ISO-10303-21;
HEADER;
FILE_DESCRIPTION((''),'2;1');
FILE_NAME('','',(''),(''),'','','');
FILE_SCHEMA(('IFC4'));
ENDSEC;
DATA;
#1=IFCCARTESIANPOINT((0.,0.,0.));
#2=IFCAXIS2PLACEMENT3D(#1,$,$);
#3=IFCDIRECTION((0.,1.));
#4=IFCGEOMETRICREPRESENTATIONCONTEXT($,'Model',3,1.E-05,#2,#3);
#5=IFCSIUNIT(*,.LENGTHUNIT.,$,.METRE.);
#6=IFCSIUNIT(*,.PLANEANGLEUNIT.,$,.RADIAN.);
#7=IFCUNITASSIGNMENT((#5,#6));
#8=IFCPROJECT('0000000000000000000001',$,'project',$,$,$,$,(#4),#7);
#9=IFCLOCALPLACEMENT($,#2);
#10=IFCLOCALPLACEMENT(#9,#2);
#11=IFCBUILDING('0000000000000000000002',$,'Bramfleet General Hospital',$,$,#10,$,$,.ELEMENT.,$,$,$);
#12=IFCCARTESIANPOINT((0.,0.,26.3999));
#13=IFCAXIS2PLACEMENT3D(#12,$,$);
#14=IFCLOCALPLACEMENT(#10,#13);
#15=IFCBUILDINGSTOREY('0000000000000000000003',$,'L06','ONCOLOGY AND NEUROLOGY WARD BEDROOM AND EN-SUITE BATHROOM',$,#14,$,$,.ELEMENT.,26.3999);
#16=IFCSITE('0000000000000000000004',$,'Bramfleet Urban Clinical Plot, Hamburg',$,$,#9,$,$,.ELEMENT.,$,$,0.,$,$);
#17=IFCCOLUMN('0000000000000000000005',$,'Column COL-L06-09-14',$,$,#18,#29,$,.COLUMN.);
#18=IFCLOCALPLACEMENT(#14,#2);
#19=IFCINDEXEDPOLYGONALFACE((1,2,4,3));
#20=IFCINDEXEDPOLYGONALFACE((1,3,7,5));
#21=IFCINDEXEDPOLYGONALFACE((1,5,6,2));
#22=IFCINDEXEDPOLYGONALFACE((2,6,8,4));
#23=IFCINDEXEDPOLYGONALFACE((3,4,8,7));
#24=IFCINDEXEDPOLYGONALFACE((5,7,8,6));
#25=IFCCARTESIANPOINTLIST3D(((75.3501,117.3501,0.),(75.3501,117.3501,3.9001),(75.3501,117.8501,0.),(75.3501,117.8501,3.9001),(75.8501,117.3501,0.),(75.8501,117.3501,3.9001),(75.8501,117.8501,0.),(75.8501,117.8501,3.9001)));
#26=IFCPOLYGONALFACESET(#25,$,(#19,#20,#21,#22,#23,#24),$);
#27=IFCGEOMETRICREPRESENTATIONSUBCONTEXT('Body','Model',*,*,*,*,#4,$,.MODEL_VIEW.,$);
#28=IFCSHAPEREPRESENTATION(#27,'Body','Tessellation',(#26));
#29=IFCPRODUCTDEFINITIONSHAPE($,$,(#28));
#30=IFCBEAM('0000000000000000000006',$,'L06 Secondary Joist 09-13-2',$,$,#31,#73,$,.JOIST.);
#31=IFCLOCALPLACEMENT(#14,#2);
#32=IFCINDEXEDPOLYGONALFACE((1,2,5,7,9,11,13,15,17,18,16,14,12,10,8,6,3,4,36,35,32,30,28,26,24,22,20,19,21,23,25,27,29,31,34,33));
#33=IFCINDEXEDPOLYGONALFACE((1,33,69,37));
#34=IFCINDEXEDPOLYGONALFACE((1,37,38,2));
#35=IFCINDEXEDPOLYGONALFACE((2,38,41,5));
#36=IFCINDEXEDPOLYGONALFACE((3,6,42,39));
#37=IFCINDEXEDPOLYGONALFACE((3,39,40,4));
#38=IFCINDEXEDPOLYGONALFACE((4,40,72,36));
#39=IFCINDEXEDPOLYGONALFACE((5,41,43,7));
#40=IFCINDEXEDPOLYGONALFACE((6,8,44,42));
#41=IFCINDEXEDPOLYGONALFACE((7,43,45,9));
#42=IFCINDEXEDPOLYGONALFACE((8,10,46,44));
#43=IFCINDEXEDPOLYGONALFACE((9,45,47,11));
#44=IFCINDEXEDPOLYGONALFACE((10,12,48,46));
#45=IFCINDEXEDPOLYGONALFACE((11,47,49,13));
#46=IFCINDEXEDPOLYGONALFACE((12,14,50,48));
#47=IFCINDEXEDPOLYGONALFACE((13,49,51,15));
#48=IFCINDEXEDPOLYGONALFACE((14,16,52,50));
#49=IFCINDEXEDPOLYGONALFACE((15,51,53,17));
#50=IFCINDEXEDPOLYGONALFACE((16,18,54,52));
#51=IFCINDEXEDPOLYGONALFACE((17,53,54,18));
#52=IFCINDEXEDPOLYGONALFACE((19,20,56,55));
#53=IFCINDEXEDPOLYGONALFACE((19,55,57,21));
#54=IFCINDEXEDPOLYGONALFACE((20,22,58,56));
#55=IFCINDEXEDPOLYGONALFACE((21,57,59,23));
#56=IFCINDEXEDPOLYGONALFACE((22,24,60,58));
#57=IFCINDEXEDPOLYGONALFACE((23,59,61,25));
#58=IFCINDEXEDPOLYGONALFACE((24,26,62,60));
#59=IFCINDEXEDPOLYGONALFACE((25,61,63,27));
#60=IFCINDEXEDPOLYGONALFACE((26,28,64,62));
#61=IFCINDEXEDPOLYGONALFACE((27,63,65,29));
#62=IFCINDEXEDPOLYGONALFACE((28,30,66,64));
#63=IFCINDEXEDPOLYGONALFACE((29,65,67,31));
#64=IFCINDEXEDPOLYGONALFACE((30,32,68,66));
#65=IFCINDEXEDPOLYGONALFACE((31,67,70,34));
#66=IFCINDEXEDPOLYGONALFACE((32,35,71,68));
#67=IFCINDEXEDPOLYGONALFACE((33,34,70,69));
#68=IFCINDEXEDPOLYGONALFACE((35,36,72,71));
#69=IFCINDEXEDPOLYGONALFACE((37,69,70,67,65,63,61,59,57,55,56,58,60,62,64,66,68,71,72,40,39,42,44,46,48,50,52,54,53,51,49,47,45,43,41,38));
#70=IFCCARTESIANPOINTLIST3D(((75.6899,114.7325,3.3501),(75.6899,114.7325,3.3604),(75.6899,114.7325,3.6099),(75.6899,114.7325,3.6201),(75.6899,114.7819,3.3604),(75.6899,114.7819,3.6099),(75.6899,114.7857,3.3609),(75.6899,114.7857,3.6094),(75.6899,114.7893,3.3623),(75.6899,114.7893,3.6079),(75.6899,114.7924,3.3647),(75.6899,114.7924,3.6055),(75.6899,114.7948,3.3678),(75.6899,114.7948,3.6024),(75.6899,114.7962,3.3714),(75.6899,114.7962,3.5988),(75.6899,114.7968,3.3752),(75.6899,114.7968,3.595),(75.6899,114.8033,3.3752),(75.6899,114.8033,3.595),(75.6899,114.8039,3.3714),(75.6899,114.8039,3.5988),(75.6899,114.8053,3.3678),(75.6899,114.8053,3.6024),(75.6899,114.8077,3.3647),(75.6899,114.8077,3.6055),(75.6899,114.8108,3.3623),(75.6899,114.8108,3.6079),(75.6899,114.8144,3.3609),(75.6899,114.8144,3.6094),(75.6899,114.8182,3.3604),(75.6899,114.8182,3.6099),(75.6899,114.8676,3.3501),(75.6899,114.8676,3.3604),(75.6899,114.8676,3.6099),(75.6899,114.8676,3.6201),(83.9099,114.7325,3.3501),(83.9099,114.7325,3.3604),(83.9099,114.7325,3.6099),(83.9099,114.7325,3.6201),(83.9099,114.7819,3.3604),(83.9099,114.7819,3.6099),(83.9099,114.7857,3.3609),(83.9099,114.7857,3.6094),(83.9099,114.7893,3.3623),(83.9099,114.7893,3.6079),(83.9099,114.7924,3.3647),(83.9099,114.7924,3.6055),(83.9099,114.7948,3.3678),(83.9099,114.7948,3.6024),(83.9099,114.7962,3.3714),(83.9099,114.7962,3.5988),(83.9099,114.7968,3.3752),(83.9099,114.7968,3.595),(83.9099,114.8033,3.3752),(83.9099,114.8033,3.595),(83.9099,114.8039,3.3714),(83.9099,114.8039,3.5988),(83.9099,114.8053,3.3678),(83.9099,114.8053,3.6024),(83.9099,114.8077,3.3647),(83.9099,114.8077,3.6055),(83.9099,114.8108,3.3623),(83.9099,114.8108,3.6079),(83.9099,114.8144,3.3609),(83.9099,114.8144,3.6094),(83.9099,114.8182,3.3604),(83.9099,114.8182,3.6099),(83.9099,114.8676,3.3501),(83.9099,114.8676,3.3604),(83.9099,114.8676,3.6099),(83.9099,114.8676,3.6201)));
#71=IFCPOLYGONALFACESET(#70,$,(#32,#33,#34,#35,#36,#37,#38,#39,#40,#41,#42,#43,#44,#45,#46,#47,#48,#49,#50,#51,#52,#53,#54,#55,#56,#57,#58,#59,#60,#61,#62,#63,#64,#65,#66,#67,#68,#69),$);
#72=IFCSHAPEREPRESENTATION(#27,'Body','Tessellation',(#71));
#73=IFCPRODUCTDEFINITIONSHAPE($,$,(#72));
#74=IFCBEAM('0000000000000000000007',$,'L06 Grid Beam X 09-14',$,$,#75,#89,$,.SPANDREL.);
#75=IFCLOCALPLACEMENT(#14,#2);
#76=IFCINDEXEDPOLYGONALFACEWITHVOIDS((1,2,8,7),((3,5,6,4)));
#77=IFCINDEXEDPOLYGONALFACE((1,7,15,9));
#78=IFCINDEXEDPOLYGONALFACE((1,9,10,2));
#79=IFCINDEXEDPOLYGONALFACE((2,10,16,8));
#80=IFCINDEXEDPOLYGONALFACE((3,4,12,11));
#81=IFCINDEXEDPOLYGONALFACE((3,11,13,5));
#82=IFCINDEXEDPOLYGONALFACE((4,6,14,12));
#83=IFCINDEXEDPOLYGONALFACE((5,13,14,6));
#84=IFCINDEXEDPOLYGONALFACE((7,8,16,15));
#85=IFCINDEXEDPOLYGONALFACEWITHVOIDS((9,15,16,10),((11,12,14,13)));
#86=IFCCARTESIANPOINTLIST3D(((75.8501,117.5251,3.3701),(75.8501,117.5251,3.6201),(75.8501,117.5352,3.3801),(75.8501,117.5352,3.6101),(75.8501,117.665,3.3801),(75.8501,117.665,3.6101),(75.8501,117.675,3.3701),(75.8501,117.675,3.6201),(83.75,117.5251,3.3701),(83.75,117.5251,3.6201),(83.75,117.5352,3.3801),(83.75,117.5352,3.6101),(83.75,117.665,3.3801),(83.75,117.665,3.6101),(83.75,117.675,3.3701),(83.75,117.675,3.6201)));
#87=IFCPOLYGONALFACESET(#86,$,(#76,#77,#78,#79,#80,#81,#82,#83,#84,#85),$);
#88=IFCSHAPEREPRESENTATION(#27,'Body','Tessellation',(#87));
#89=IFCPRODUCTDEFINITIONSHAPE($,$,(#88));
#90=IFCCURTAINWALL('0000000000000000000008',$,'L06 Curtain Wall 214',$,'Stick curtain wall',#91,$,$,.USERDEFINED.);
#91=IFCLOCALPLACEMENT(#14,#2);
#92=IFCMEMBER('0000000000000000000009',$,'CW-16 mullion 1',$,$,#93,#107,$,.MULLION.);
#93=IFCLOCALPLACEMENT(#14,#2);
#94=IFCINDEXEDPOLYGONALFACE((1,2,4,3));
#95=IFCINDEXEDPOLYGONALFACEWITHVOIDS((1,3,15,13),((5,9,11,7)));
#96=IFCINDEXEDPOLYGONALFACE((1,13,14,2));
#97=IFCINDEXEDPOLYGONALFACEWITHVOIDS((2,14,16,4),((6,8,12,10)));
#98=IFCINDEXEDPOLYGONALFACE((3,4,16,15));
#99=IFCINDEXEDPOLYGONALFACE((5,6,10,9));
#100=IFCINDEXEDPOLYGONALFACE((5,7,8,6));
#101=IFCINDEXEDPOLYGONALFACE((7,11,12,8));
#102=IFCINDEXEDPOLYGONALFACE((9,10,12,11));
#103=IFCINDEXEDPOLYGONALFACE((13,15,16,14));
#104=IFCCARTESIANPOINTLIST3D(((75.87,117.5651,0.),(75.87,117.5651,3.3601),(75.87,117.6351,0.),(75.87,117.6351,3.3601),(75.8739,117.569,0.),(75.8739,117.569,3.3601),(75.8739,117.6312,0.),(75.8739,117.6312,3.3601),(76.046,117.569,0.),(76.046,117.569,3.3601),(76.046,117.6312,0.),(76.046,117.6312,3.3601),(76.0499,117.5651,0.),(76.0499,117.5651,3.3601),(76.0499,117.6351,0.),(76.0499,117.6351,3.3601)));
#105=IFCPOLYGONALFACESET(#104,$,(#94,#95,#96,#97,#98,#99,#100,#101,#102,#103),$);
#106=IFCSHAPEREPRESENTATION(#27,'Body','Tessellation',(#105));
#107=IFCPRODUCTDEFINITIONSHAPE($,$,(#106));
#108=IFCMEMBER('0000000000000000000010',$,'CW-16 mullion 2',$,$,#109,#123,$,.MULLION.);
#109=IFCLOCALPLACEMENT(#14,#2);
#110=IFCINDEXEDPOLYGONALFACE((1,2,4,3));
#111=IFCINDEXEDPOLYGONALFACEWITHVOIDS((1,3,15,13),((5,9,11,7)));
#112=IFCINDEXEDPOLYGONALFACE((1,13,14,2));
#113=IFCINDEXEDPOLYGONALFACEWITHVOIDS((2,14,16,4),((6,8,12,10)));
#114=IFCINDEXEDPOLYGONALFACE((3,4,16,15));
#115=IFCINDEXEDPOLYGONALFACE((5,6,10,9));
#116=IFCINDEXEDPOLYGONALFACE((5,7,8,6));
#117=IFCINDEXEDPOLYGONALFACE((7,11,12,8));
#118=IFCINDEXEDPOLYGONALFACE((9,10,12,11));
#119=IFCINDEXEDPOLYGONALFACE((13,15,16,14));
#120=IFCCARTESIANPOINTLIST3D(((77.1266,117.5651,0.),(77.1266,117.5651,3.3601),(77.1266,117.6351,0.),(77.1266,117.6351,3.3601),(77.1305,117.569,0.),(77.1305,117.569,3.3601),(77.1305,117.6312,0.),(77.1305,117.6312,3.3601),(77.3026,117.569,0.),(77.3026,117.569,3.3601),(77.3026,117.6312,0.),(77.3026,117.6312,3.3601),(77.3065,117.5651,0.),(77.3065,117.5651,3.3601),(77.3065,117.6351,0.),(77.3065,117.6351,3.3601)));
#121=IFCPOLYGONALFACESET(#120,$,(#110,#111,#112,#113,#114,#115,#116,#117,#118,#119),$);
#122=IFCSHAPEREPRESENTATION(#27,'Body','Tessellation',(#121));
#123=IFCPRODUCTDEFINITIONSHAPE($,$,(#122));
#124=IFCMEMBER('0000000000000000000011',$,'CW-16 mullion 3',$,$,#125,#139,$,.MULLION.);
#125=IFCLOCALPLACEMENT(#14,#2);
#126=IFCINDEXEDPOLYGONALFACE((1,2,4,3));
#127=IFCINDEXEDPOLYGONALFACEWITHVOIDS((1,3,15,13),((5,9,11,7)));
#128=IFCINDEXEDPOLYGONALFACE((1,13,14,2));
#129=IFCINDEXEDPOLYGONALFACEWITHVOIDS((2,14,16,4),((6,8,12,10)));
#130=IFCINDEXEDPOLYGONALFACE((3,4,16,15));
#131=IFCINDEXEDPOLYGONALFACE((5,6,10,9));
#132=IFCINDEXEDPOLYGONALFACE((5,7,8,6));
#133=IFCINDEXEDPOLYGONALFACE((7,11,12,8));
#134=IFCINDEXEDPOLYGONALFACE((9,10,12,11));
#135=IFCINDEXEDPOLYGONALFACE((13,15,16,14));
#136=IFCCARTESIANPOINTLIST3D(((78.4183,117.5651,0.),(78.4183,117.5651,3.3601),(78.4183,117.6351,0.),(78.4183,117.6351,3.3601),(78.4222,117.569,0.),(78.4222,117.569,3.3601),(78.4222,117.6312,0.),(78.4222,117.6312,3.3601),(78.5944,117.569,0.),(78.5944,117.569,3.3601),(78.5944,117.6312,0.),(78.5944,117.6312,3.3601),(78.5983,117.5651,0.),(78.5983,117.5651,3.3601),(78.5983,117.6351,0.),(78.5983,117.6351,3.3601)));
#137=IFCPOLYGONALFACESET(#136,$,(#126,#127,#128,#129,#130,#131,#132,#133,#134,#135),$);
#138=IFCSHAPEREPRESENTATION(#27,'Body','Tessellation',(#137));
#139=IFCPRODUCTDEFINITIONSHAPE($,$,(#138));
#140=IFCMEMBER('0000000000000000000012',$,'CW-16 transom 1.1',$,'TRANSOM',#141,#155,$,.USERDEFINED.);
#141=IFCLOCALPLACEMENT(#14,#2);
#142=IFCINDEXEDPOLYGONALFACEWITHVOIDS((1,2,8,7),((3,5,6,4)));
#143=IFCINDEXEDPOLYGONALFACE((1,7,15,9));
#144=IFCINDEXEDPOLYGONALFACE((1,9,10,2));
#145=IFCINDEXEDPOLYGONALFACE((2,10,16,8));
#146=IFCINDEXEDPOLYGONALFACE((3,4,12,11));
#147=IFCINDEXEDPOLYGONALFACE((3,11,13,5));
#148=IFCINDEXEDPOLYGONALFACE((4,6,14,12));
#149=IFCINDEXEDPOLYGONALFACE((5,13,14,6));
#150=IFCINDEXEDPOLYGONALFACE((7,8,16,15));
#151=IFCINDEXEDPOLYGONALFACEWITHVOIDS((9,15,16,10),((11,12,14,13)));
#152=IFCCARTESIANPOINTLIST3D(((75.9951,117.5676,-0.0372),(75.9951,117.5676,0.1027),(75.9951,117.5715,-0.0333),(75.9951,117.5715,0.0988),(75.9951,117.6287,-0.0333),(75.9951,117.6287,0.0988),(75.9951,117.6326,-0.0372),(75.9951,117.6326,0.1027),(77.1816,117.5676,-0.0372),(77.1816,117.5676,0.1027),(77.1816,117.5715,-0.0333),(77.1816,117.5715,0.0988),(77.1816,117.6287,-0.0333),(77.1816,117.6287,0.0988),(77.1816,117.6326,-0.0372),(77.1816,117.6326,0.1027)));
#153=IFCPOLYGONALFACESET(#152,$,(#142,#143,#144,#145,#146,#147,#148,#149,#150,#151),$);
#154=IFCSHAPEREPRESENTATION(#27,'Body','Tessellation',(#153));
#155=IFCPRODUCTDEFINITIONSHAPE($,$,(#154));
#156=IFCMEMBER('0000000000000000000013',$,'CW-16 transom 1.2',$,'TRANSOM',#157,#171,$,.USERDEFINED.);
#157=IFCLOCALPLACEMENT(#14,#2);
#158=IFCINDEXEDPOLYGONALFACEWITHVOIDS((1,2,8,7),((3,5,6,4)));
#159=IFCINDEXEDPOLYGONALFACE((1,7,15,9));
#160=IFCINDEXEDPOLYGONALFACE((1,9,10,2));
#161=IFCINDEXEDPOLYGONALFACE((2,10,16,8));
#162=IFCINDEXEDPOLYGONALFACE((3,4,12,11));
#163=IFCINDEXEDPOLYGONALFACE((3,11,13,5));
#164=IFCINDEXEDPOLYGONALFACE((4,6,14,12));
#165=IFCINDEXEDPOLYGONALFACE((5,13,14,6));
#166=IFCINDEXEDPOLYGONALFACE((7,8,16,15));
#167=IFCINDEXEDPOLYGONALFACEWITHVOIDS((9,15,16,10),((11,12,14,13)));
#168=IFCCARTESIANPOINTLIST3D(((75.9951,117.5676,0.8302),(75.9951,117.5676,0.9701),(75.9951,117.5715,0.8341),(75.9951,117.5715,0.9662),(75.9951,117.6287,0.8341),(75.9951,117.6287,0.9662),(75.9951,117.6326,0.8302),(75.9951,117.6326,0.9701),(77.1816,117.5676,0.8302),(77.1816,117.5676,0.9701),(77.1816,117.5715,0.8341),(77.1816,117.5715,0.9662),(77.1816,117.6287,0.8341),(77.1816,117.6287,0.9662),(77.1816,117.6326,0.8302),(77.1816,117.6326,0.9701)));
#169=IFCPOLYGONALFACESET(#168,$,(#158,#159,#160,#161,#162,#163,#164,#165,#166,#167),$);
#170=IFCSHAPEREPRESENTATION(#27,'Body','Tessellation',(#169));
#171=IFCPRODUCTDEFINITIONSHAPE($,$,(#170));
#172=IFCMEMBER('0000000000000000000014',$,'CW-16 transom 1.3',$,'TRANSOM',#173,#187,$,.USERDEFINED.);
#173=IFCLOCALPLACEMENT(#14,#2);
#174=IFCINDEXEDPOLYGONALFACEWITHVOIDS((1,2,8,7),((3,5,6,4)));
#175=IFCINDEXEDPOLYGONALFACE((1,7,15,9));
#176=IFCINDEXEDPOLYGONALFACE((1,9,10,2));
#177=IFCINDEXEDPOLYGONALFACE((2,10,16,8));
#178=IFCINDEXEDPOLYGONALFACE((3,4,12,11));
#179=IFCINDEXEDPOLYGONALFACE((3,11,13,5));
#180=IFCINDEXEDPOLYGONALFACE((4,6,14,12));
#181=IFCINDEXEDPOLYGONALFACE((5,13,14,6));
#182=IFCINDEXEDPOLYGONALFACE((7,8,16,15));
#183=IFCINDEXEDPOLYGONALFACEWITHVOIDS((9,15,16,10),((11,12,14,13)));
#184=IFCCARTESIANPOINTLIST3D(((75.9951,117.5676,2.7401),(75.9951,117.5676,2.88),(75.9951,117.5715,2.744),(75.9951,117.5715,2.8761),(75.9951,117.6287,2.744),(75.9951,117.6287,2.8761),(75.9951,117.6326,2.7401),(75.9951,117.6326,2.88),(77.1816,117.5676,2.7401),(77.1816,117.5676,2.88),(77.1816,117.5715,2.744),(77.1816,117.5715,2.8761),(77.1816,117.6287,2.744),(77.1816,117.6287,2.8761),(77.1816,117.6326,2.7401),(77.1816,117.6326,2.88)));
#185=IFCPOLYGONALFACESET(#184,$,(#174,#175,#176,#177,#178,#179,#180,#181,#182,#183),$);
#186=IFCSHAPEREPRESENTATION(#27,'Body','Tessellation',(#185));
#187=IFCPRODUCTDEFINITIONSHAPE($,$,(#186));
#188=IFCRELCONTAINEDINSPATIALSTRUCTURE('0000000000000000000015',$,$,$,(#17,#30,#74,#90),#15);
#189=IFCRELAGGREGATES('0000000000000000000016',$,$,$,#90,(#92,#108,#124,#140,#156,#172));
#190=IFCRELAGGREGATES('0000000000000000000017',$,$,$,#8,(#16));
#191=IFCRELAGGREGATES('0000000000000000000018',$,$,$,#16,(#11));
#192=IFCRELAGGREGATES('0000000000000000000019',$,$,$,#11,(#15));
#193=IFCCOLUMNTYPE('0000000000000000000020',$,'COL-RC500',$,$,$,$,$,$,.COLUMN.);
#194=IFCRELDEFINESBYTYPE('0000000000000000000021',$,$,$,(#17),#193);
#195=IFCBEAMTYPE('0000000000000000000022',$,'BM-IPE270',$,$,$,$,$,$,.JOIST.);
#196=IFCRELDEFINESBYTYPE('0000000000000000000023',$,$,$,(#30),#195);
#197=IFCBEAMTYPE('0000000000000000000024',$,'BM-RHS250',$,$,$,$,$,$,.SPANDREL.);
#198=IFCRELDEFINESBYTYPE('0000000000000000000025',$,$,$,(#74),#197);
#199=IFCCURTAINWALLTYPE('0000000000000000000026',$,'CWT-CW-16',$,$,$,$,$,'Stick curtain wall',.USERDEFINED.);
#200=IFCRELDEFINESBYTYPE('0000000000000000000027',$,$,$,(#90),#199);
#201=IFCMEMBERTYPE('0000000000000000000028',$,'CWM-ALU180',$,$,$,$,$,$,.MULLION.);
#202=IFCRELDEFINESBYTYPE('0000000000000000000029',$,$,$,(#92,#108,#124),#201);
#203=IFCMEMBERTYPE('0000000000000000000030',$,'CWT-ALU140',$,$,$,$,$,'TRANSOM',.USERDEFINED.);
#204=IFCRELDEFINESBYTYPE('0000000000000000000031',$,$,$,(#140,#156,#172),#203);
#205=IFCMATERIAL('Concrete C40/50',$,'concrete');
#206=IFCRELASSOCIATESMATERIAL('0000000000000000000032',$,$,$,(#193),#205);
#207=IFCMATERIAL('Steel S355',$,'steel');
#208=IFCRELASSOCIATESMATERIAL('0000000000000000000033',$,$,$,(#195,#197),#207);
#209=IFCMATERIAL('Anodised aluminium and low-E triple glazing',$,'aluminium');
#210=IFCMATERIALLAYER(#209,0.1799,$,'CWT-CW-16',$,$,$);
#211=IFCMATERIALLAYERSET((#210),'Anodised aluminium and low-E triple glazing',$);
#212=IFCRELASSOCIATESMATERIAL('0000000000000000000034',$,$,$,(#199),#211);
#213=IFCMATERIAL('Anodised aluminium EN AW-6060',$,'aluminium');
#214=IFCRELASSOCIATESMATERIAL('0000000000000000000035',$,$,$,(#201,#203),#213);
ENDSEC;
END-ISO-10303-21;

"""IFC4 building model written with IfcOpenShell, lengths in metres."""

from ifc_helpers import new_model, si_unit, direction, frame, origin, origin_2d, place, context, subcontext, project, spatial, rectangle, hollow_rectangle, i_section, extrude, material, layer, layer_set, material_profile, profile_set, type_object, element, aggregate, save


model = new_model("IFC4")

# Units and contexts
model_context = context("Model", 3, precision=1e-05, world=origin(), true_north=direction((0.0, 1.0)))
body_context = subcontext(model_context, "Body", "Model", "MODEL_VIEW")
ifc_project = project(units=[si_unit("LENGTHUNIT", "METRE"), si_unit("PLANEANGLEUNIT", "RADIAN")], contexts=[model_context])

# Site, building, storey
site_placement = place(None, origin())
site = spatial("IfcSite", under=ifc_project, at=site_placement, Name="Bramfleet Urban Clinical Plot, Hamburg", CompositionType="ELEMENT", RefElevation=0.0)
building_placement = place(site_placement, origin())
building = spatial("IfcBuilding", under=site, at=building_placement, Name="Bramfleet General Hospital", CompositionType="ELEMENT")
storey_placement = place(building_placement, frame((0.0, 0.0, 26.3999)))
storey = spatial("IfcBuildingStorey", under=building, at=storey_placement, Name="L06", Description="ONCOLOGY AND NEUROLOGY WARD BEDROOM AND EN-SUITE BATHROOM", CompositionType="ELEMENT", Elevation=26.3999)

# Column
ifc_material_1 = material(Name="Concrete C40/50", Category="concrete")
ifc_material_profile_1 = material_profile(ifc_material_1, rectangle(XDim=0.5, YDim=0.5, at=origin_2d()), Name="RC COL 500x500")
ifc_profile_set_1 = profile_set([ifc_material_profile_1], Name="Concrete C40/50")
column_type = type_object("IfcColumnType", Name="COL-RC500", PredefinedType="COLUMN", material=ifc_profile_set_1)
column_placement = place(storey_placement, frame((75.6001, 117.6001, 0.0), z_axis=(0.0, 0.0, 1.0), x_axis=(1.0, 0.0, 0.0)))
element("IfcColumn", 1, at=column_placement, inside=storey, type_object=column_type, Name="Column COL-L06-09-14", PredefinedType="COLUMN", context=body_context, shape_type="SweptSolid", body=[
    extrude(rectangle(XDim=0.5, YDim=0.5, at=origin_2d()), origin(), (0.0, 0.0, 1.0), 3.9001),
])

# Beams
ifc_material_2 = material(Name="Steel S355", Category="steel")
ifc_material_profile_2 = material_profile(ifc_material_2, i_section(OverallWidth=0.135, OverallDepth=0.27, WebThickness=0.0066, FlangeThickness=0.0103, FilletRadius=0.0149, at=origin_2d()), Name="IPE 270")
ifc_profile_set_2 = profile_set([ifc_material_profile_2], Name="Steel S355")
beam_type_1 = type_object("IfcBeamType", Name="BM-IPE270", PredefinedType="JOIST", material=ifc_profile_set_2)
beam_1_placement = place(storey_placement, frame((75.6899, 114.8, 3.4851), z_axis=(1.0, 0.0, 0.0), x_axis=(0.0, 1.0, 0.0)))
element("IfcBeam", 2, at=beam_1_placement, inside=storey, type_object=beam_type_1, Name="L06 Secondary Joist 09-13-2", PredefinedType="JOIST", context=body_context, shape_type="SweptSolid", body=[
    extrude(i_section(OverallWidth=0.135, OverallDepth=0.27, WebThickness=0.0066, FlangeThickness=0.0103, FilletRadius=0.0149, at=origin_2d()), origin(), (0.0, 0.0, 1.0), 8.22),
])
ifc_material_profile_3 = material_profile(ifc_material_2, hollow_rectangle(XDim=0.1499, YDim=0.25, WallThickness=0.01, at=origin_2d()), Name="RHS 250x150x10.0")
ifc_profile_set_3 = profile_set([ifc_material_profile_3], Name="Steel S355")
beam_type_2 = type_object("IfcBeamType", Name="BM-RHS250", PredefinedType="SPANDREL", material=ifc_profile_set_3)
beam_2_placement = place(storey_placement, frame((75.8501, 117.6001, 3.4951), z_axis=(1.0, 0.0, 0.0), x_axis=(0.0, 1.0, 0.0)))
element("IfcBeam", 3, at=beam_2_placement, inside=storey, type_object=beam_type_2, Name="L06 Grid Beam X 09-14", PredefinedType="SPANDREL", context=body_context, shape_type="SweptSolid", body=[
    extrude(hollow_rectangle(XDim=0.1499, YDim=0.25, WallThickness=0.01, at=origin_2d()), origin(), (0.0, 0.0, 1.0), 7.8999),
])

# Curtain wall, members
ifc_material_3 = material(Name="Anodised aluminium and low-E triple glazing", Category="aluminium")
ifc_layer_1 = layer(ifc_material_3, 0.1799, Name="CWT-CW-16")
ifc_layer_set_1 = layer_set([ifc_layer_1], Name="Anodised aluminium and low-E triple glazing")
curtain_wall_type = type_object("IfcCurtainWallType", Name="CWT-CW-16", ElementType="Stick curtain wall", PredefinedType="USERDEFINED", material=ifc_layer_set_1)
curtain_wall_placement = place(storey_placement, origin())
curtain_wall = element("IfcCurtainWall", 4, at=curtain_wall_placement, inside=storey, type_object=curtain_wall_type, Name="L06 Curtain Wall 214", ObjectType="Stick curtain wall", PredefinedType="USERDEFINED")
ifc_material_4 = material(Name="Anodised aluminium EN AW-6060", Category="aluminium")
ifc_material_profile_4 = material_profile(ifc_material_4, hollow_rectangle(XDim=0.0701, YDim=0.1799, WallThickness=0.0039, at=origin_2d()), Name="ALU 180x70x4.0")
ifc_profile_set_4 = profile_set([ifc_material_profile_4], Name="Anodised aluminium EN AW-6060")
member_type_1 = type_object("IfcMemberType", Name="CWM-ALU180", PredefinedType="MULLION", material=ifc_profile_set_4)
member_1_placement = place(storey_placement, frame((75.96, 117.6001, 0.0), z_axis=(0.0, 0.0, 1.0), x_axis=(0.0, 1.0, 0.0)))
member_1 = element("IfcMember", 5, at=member_1_placement, type_object=member_type_1, Name="CW-16 mullion 1", PredefinedType="MULLION", context=body_context, shape_type="SweptSolid", body=[
    extrude(hollow_rectangle(XDim=0.0701, YDim=0.1799, WallThickness=0.0039, at=origin_2d()), origin(), (0.0, 0.0, 1.0), 3.3601),
])
member_2_placement = place(storey_placement, frame((77.2166, 117.6001, 0.0), z_axis=(0.0, 0.0, 1.0), x_axis=(0.0, 1.0, 0.0)))
member_2 = element("IfcMember", 6, at=member_2_placement, type_object=member_type_1, Name="CW-16 mullion 2", PredefinedType="MULLION", context=body_context, shape_type="SweptSolid", body=[
    extrude(hollow_rectangle(XDim=0.0701, YDim=0.1799, WallThickness=0.0039, at=origin_2d()), origin(), (0.0, 0.0, 1.0), 3.3601),
])
member_3_placement = place(storey_placement, frame((78.5083, 117.6001, 0.0), z_axis=(0.0, 0.0, 1.0), x_axis=(0.0, 1.0, 0.0)))
member_3 = element("IfcMember", 7, at=member_3_placement, type_object=member_type_1, Name="CW-16 mullion 3", PredefinedType="MULLION", context=body_context, shape_type="SweptSolid", body=[
    extrude(hollow_rectangle(XDim=0.0701, YDim=0.1799, WallThickness=0.0039, at=origin_2d()), origin(), (0.0, 0.0, 1.0), 3.3601),
])
ifc_material_profile_5 = material_profile(ifc_material_4, hollow_rectangle(XDim=0.0649, YDim=0.1399, WallThickness=0.0039, at=origin_2d()), Name="ALU 140x65x4.0")
ifc_profile_set_5 = profile_set([ifc_material_profile_5], Name="Anodised aluminium EN AW-6060")
member_type_2 = type_object("IfcMemberType", Name="CWT-ALU140", ElementType="TRANSOM", PredefinedType="USERDEFINED", material=ifc_profile_set_5)
member_4_placement = place(storey_placement, frame((75.9951, 117.6001, 0.0327), z_axis=(1.0, 0.0, 0.0), x_axis=(0.0, 1.0, 0.0)))
member_4 = element("IfcMember", 8, at=member_4_placement, type_object=member_type_2, Name="CW-16 transom 1.1", ObjectType="TRANSOM", PredefinedType="USERDEFINED", context=body_context, shape_type="SweptSolid", body=[
    extrude(hollow_rectangle(XDim=0.0649, YDim=0.1399, WallThickness=0.0039, at=origin_2d()), origin(), (0.0, 0.0, 1.0), 1.1865),
])
member_5_placement = place(storey_placement, frame((75.9951, 117.6001, 0.9001), z_axis=(1.0, 0.0, 0.0), x_axis=(0.0, 1.0, 0.0)))
member_5 = element("IfcMember", 9, at=member_5_placement, type_object=member_type_2, Name="CW-16 transom 1.2", ObjectType="TRANSOM", PredefinedType="USERDEFINED", context=body_context, shape_type="SweptSolid", body=[
    extrude(hollow_rectangle(XDim=0.0649, YDim=0.1399, WallThickness=0.0039, at=origin_2d()), origin(), (0.0, 0.0, 1.0), 1.1865),
])
member_6_placement = place(storey_placement, frame((75.9951, 117.6001, 2.8101), z_axis=(1.0, 0.0, 0.0), x_axis=(0.0, 1.0, 0.0)))
member_6 = element("IfcMember", 10, at=member_6_placement, type_object=member_type_2, Name="CW-16 transom 1.3", ObjectType="TRANSOM", PredefinedType="USERDEFINED", context=body_context, shape_type="SweptSolid", body=[
    extrude(hollow_rectangle(XDim=0.0649, YDim=0.1399, WallThickness=0.0039, at=origin_2d()), origin(), (0.0, 0.0, 1.0), 1.1865),
])
aggregate(curtain_wall, [member_1, member_2, member_3, member_4, member_5, member_6])

save(model, "model.ifc")
